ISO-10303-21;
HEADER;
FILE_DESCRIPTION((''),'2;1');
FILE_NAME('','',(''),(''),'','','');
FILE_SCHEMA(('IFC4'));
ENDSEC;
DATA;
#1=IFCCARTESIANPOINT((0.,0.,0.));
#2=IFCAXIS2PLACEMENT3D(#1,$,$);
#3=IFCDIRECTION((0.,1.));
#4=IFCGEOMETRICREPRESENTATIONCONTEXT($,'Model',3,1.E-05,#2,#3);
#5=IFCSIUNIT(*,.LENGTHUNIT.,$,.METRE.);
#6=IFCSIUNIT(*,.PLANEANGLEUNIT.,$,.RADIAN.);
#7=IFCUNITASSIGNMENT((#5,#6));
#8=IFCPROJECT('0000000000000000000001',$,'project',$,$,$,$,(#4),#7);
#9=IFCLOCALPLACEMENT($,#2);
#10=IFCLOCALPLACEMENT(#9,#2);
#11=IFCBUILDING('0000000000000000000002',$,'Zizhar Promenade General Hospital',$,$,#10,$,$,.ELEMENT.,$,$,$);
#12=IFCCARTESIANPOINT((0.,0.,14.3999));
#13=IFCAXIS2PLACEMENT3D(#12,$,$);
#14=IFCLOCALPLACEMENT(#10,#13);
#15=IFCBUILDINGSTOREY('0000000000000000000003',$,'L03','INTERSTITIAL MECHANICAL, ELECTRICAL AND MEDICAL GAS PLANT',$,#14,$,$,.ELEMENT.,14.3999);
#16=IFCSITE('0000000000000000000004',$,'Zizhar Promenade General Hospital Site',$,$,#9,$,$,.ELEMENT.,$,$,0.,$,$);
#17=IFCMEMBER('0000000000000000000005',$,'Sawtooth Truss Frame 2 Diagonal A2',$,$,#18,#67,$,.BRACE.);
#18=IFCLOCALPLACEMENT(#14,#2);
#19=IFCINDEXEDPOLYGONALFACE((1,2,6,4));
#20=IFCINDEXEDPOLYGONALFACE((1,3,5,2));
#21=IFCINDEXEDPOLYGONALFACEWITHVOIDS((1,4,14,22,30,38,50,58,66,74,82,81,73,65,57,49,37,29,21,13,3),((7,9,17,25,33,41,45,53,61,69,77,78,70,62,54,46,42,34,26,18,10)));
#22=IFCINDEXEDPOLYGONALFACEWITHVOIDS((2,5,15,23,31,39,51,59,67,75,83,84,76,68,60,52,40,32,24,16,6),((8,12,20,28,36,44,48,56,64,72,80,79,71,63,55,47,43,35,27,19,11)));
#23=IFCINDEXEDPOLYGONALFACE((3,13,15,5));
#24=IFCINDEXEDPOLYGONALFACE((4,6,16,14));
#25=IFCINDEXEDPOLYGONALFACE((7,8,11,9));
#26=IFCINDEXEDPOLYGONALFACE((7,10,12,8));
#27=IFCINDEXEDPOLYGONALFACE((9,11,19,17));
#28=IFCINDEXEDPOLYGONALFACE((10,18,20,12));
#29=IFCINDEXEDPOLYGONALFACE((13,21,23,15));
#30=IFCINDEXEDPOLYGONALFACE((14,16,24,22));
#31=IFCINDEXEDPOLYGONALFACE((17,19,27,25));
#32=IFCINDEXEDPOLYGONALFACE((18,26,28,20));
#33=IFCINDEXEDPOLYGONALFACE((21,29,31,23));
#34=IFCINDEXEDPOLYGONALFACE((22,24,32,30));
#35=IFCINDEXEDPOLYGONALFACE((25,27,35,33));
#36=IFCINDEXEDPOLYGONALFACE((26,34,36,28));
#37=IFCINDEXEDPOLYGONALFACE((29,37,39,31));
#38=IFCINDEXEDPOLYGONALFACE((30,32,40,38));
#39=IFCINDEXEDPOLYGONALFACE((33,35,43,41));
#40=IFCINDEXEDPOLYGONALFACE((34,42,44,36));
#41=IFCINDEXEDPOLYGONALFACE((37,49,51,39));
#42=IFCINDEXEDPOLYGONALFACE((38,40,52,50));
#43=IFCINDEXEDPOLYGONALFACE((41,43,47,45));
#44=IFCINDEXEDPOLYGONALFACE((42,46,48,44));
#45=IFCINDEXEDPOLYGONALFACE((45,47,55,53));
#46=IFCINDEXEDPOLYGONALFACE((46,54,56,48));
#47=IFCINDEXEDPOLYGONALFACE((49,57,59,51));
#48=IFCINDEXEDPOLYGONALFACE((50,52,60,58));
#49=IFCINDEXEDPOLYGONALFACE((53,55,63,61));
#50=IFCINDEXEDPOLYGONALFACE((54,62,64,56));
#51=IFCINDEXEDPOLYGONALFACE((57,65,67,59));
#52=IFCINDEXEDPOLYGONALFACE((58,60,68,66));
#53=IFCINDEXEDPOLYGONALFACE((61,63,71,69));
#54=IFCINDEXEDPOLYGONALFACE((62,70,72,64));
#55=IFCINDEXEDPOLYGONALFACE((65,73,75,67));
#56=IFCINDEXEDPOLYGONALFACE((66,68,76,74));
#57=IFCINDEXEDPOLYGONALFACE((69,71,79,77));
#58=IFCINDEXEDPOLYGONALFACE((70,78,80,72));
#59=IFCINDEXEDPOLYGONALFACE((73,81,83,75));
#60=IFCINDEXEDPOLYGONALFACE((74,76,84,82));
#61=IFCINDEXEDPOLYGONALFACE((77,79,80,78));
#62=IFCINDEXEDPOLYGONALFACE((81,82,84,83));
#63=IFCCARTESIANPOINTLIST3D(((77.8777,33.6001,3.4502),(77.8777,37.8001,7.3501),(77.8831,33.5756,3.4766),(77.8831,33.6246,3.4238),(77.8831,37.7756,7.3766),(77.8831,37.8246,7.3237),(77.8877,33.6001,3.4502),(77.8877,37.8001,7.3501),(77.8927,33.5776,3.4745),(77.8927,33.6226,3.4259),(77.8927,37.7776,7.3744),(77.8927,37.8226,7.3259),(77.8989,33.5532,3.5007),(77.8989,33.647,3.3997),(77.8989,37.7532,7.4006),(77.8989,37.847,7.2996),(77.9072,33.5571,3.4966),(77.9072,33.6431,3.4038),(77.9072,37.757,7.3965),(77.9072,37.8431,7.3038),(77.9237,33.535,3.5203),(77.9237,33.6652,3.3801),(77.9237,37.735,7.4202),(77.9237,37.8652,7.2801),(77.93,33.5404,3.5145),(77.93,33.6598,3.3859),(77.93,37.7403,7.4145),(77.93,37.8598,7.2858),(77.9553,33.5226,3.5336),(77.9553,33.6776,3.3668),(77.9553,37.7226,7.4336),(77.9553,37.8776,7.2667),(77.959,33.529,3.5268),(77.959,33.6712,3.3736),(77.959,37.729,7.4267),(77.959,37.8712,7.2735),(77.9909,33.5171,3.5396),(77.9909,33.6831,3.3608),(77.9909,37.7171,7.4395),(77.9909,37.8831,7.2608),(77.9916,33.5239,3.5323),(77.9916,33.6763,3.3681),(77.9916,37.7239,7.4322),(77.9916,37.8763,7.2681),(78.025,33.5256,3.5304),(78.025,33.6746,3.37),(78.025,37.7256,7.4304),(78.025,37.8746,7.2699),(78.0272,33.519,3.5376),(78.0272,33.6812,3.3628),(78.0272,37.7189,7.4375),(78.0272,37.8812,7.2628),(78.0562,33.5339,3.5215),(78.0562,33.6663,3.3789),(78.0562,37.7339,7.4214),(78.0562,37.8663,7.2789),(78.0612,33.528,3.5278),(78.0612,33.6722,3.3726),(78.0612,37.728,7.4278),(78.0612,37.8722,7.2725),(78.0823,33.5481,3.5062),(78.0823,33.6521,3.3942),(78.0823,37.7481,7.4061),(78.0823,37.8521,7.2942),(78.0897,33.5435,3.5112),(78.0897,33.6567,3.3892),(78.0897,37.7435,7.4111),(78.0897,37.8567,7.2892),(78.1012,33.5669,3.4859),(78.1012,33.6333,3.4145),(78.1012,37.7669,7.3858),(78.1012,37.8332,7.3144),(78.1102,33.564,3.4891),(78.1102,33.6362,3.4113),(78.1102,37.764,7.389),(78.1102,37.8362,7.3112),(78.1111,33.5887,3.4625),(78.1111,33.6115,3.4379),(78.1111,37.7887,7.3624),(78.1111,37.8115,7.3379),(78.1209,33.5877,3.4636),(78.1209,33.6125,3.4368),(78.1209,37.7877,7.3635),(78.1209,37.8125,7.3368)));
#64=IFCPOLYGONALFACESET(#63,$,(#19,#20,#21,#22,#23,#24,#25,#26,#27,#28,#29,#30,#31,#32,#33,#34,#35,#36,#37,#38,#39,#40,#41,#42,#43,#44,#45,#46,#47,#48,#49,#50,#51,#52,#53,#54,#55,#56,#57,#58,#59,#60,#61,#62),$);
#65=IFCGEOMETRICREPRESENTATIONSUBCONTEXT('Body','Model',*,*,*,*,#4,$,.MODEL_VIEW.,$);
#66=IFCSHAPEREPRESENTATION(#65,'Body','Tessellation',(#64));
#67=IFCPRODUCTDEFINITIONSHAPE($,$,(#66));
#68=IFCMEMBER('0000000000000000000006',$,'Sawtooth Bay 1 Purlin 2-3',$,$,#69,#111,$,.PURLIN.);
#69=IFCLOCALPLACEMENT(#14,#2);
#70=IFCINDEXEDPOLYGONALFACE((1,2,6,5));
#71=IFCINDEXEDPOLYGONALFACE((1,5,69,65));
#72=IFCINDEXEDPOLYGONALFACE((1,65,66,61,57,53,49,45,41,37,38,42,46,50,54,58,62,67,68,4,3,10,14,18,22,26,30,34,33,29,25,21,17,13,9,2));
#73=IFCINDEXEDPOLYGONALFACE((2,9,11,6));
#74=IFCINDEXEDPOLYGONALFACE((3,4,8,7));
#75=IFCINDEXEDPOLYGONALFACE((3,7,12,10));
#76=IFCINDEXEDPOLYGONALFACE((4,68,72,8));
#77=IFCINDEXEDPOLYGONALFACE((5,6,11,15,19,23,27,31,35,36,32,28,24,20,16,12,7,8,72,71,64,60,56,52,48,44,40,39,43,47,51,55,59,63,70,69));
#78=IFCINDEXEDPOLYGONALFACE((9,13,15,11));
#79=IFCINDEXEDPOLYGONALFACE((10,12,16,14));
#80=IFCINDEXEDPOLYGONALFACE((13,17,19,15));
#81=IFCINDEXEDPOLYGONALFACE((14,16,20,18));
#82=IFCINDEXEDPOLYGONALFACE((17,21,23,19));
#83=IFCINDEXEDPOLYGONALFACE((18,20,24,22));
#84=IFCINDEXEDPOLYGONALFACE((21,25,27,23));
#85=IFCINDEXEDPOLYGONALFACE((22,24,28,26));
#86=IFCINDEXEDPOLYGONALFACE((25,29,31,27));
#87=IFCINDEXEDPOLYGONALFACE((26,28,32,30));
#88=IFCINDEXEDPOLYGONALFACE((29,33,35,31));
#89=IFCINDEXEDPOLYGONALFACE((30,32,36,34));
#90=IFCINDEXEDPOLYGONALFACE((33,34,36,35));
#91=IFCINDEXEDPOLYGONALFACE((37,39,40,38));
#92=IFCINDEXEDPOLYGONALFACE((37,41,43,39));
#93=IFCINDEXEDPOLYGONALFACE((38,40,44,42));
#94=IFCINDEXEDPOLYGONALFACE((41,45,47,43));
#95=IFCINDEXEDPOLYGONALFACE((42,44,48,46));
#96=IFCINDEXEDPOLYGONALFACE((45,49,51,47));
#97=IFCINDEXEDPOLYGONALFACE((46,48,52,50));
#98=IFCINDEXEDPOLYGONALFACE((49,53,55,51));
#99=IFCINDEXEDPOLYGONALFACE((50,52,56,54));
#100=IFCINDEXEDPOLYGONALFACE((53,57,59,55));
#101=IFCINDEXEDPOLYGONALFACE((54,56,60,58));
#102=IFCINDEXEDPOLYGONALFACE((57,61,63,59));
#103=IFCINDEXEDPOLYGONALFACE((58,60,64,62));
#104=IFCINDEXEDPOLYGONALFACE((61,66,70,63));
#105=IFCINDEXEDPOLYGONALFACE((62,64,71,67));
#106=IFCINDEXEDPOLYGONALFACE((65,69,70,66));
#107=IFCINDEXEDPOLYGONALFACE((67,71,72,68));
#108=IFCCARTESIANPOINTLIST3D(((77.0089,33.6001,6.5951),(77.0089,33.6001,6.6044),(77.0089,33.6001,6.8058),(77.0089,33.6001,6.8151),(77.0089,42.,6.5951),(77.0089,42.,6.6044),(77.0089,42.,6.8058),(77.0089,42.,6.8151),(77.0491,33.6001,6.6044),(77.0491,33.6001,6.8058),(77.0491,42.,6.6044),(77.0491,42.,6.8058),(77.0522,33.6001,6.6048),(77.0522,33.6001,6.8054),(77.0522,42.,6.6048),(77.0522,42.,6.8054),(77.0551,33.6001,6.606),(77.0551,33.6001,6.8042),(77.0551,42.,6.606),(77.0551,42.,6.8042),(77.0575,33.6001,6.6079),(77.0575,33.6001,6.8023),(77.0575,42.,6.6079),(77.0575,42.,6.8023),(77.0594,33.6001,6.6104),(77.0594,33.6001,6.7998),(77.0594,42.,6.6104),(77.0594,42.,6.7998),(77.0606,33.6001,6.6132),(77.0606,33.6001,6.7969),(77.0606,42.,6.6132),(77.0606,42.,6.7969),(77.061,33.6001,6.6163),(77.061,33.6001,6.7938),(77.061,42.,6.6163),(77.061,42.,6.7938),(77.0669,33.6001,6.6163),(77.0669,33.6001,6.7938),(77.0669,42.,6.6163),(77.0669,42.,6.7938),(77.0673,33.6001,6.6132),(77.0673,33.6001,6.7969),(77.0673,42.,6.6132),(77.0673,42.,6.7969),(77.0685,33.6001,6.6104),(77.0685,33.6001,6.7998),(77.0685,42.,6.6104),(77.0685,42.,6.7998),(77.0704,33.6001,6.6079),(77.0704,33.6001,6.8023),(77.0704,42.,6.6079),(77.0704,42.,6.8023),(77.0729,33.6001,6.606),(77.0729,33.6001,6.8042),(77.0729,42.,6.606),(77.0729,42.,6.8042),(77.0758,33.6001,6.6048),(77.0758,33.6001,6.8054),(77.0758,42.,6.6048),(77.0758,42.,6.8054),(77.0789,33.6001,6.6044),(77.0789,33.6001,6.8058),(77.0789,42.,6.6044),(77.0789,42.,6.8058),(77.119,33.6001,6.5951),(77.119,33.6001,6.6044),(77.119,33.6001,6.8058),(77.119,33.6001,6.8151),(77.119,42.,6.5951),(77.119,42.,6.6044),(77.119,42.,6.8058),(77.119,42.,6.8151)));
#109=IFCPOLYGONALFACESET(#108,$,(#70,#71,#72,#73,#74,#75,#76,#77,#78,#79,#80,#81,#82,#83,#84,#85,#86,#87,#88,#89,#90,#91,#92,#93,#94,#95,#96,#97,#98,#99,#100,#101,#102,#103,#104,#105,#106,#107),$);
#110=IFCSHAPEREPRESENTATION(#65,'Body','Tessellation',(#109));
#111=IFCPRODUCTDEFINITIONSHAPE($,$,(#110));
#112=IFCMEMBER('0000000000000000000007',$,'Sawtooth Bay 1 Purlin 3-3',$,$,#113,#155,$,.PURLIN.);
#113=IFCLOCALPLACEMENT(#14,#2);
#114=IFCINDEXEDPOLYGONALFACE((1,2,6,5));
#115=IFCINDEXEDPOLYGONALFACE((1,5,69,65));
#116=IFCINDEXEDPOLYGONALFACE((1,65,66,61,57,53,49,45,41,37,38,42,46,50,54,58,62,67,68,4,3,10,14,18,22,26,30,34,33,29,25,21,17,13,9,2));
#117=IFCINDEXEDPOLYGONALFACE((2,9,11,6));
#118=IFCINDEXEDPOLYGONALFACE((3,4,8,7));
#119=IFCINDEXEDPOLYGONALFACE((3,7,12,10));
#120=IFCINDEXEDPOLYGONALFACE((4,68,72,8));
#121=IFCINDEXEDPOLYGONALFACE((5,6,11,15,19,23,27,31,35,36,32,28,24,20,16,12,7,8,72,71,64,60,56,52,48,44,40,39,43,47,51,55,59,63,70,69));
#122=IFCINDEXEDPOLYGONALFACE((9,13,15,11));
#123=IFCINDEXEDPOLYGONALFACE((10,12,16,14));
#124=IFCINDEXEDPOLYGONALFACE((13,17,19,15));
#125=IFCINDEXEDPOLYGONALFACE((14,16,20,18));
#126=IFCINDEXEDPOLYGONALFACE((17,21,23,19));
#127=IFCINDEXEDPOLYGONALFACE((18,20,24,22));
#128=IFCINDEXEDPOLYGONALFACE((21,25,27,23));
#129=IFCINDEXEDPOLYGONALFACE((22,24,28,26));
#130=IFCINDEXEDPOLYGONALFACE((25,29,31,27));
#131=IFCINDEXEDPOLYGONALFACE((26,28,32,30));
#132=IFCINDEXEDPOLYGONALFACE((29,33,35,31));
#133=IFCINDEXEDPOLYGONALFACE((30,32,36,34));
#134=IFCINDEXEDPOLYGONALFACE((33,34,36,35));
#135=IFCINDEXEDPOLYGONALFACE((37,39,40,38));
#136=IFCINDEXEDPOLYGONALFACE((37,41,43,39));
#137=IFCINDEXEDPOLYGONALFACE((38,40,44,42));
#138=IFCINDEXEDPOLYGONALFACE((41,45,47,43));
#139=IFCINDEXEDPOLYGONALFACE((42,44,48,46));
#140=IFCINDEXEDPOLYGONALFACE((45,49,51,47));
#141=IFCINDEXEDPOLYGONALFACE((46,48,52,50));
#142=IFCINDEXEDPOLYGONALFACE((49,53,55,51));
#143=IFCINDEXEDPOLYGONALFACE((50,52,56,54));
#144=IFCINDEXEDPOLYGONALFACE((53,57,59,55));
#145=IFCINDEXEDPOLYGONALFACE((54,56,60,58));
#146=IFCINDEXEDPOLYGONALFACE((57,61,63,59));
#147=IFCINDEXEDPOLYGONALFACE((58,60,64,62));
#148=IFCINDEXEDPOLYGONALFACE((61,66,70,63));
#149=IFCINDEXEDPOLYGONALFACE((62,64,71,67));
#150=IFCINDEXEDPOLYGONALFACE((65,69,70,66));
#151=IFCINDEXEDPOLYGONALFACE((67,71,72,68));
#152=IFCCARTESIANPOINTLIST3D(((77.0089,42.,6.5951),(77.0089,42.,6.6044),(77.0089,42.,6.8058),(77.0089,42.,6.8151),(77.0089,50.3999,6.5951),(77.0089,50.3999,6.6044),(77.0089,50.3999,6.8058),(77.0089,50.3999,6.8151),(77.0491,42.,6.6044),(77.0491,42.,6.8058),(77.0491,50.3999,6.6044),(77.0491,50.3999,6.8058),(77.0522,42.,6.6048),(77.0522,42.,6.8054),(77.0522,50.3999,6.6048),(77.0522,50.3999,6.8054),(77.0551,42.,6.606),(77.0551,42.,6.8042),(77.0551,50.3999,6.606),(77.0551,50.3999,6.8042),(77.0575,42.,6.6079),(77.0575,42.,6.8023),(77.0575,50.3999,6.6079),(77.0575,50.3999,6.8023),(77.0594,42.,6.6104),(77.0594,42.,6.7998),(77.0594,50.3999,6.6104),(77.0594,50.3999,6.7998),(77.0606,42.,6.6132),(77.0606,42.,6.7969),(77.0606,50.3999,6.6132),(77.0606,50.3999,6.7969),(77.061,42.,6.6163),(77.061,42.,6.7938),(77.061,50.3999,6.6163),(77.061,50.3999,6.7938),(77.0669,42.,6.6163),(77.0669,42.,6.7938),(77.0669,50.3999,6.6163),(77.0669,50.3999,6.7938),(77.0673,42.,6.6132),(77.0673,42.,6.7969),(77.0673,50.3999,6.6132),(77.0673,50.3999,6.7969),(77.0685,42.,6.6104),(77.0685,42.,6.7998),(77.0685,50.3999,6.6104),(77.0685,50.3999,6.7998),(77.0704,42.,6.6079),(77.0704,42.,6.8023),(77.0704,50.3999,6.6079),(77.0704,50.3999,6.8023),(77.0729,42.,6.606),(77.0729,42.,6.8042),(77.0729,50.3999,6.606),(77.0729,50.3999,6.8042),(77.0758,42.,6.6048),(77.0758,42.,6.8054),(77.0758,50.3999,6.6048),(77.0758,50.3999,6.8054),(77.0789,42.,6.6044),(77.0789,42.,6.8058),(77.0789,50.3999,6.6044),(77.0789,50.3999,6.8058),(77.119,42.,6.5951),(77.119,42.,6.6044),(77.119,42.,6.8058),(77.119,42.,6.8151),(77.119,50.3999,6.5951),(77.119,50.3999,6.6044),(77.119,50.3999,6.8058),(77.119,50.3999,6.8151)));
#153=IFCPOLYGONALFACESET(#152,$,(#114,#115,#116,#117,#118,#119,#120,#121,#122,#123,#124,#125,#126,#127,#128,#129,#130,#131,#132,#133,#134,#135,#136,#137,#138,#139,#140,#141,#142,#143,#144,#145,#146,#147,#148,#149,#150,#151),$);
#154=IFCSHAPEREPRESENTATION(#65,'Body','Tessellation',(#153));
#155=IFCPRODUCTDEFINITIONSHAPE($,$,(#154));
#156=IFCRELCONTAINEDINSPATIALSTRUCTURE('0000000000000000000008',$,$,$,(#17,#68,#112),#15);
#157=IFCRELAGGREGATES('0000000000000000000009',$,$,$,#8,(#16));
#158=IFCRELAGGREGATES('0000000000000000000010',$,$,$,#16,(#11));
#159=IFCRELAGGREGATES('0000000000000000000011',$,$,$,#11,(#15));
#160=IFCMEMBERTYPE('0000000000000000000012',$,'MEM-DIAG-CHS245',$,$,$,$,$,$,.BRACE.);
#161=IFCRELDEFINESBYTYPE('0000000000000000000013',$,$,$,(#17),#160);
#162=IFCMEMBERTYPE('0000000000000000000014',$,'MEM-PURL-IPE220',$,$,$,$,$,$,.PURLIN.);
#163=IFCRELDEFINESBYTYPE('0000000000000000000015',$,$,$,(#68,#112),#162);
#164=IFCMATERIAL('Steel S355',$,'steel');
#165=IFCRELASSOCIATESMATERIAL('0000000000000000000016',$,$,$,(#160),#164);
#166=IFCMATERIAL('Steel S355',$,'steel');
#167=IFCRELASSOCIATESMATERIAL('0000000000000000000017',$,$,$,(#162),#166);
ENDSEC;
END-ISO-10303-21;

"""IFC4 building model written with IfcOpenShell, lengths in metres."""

from ifc_helpers import new_model, si_unit, direction, frame, origin, origin_2d, place, context, subcontext, project, spatial, hollow_circle, i_section, extrude, material, material_profile, profile_set, type_object, element, save


model = new_model("IFC4")

# Units and contexts
model_context = context("Model", 3, precision=1e-05, world=origin(), true_north=direction((0.0, 1.0)))
body_context = subcontext(model_context, "Body", "Model", "MODEL_VIEW")
ifc_project = project(units=[si_unit("LENGTHUNIT", "METRE"), si_unit("PLANEANGLEUNIT", "RADIAN")], contexts=[model_context])

# Site, building, storey
site_placement = place(None, origin())
site = spatial("IfcSite", under=ifc_project, at=site_placement, Name="Zizhar Promenade General Hospital Site", CompositionType="ELEMENT", RefElevation=0.0)
building_placement = place(site_placement, origin())
building = spatial("IfcBuilding", under=site, at=building_placement, Name="Zizhar Promenade General Hospital", CompositionType="ELEMENT")
storey_placement = place(building_placement, frame((0.0, 0.0, 14.3999)))
storey = spatial("IfcBuildingStorey", under=building, at=storey_placement, Name="L03", Description="INTERSTITIAL MECHANICAL, ELECTRICAL AND MEDICAL GAS PLANT", CompositionType="ELEMENT", Elevation=14.3999)

# Members
ifc_material_1 = material(Name="Steel S355", Category="steel")
ifc_material_profile_1 = material_profile(ifc_material_1, hollow_circle(Radius=0.1223, WallThickness=0.01, at=origin_2d()))
ifc_profile_set_1 = profile_set([ifc_material_profile_1], Name="Steel S355")
member_type_1 = type_object("IfcMemberType", Name="MEM-DIAG-CHS245", PredefinedType="BRACE", material=ifc_profile_set_1)
member_1_placement = place(storey_placement, frame((78.0, 33.6001, 3.4502), z_axis=(0.0, 0.732798, 0.680446), x_axis=(-1.0, 0.0, 0.0)))
element("IfcMember", 1, at=member_1_placement, inside=storey, type_object=member_type_1, Name="Sawtooth Truss Frame 2 Diagonal A2", PredefinedType="BRACE", context=body_context, shape_type="SweptSolid", body=[
    extrude(hollow_circle(Radius=0.1223, WallThickness=0.01, at=origin_2d()), origin(), (0.0, 0.0, 1.0), 5.7314),
])
ifc_material_2 = material(Name="Steel S355", Category="steel")
ifc_material_profile_2 = material_profile(ifc_material_2, i_section(OverallWidth=0.1101, OverallDepth=0.22, WebThickness=0.0059, FlangeThickness=0.0093, FilletRadius=0.012, at=origin_2d()))
ifc_profile_set_2 = profile_set([ifc_material_profile_2], Name="Steel S355")
member_type_2 = type_object("IfcMemberType", Name="MEM-PURL-IPE220", PredefinedType="PURLIN", material=ifc_profile_set_2)
for number, where, z_axis, x_axis, name in (
    (2, (77.064, 33.6001, 6.7051), (0.0, 1.0, 0.0), (-1.0, 0.0, 0.0), "Sawtooth Bay 1 Purlin 2-3"),
    (3, (77.064, 42.0, 6.7051), (0.0, 1.0, 0.0), (-1.0, 0.0, 0.0), "Sawtooth Bay 1 Purlin 3-3"),
):
    element("IfcMember", number, at=place(storey_placement, frame(where, z_axis=z_axis, x_axis=x_axis)), inside=storey, type_object=member_type_2, Name=name, PredefinedType="PURLIN", context=body_context, shape_type="SweptSolid", body=[
        extrude(i_section(OverallWidth=0.1101, OverallDepth=0.22, WebThickness=0.0059, FlangeThickness=0.0093, FilletRadius=0.012, at=origin_2d()), origin(), (0.0, 0.0, 1.0), 8.3999),
    ])

save(model, "model.ifc")
